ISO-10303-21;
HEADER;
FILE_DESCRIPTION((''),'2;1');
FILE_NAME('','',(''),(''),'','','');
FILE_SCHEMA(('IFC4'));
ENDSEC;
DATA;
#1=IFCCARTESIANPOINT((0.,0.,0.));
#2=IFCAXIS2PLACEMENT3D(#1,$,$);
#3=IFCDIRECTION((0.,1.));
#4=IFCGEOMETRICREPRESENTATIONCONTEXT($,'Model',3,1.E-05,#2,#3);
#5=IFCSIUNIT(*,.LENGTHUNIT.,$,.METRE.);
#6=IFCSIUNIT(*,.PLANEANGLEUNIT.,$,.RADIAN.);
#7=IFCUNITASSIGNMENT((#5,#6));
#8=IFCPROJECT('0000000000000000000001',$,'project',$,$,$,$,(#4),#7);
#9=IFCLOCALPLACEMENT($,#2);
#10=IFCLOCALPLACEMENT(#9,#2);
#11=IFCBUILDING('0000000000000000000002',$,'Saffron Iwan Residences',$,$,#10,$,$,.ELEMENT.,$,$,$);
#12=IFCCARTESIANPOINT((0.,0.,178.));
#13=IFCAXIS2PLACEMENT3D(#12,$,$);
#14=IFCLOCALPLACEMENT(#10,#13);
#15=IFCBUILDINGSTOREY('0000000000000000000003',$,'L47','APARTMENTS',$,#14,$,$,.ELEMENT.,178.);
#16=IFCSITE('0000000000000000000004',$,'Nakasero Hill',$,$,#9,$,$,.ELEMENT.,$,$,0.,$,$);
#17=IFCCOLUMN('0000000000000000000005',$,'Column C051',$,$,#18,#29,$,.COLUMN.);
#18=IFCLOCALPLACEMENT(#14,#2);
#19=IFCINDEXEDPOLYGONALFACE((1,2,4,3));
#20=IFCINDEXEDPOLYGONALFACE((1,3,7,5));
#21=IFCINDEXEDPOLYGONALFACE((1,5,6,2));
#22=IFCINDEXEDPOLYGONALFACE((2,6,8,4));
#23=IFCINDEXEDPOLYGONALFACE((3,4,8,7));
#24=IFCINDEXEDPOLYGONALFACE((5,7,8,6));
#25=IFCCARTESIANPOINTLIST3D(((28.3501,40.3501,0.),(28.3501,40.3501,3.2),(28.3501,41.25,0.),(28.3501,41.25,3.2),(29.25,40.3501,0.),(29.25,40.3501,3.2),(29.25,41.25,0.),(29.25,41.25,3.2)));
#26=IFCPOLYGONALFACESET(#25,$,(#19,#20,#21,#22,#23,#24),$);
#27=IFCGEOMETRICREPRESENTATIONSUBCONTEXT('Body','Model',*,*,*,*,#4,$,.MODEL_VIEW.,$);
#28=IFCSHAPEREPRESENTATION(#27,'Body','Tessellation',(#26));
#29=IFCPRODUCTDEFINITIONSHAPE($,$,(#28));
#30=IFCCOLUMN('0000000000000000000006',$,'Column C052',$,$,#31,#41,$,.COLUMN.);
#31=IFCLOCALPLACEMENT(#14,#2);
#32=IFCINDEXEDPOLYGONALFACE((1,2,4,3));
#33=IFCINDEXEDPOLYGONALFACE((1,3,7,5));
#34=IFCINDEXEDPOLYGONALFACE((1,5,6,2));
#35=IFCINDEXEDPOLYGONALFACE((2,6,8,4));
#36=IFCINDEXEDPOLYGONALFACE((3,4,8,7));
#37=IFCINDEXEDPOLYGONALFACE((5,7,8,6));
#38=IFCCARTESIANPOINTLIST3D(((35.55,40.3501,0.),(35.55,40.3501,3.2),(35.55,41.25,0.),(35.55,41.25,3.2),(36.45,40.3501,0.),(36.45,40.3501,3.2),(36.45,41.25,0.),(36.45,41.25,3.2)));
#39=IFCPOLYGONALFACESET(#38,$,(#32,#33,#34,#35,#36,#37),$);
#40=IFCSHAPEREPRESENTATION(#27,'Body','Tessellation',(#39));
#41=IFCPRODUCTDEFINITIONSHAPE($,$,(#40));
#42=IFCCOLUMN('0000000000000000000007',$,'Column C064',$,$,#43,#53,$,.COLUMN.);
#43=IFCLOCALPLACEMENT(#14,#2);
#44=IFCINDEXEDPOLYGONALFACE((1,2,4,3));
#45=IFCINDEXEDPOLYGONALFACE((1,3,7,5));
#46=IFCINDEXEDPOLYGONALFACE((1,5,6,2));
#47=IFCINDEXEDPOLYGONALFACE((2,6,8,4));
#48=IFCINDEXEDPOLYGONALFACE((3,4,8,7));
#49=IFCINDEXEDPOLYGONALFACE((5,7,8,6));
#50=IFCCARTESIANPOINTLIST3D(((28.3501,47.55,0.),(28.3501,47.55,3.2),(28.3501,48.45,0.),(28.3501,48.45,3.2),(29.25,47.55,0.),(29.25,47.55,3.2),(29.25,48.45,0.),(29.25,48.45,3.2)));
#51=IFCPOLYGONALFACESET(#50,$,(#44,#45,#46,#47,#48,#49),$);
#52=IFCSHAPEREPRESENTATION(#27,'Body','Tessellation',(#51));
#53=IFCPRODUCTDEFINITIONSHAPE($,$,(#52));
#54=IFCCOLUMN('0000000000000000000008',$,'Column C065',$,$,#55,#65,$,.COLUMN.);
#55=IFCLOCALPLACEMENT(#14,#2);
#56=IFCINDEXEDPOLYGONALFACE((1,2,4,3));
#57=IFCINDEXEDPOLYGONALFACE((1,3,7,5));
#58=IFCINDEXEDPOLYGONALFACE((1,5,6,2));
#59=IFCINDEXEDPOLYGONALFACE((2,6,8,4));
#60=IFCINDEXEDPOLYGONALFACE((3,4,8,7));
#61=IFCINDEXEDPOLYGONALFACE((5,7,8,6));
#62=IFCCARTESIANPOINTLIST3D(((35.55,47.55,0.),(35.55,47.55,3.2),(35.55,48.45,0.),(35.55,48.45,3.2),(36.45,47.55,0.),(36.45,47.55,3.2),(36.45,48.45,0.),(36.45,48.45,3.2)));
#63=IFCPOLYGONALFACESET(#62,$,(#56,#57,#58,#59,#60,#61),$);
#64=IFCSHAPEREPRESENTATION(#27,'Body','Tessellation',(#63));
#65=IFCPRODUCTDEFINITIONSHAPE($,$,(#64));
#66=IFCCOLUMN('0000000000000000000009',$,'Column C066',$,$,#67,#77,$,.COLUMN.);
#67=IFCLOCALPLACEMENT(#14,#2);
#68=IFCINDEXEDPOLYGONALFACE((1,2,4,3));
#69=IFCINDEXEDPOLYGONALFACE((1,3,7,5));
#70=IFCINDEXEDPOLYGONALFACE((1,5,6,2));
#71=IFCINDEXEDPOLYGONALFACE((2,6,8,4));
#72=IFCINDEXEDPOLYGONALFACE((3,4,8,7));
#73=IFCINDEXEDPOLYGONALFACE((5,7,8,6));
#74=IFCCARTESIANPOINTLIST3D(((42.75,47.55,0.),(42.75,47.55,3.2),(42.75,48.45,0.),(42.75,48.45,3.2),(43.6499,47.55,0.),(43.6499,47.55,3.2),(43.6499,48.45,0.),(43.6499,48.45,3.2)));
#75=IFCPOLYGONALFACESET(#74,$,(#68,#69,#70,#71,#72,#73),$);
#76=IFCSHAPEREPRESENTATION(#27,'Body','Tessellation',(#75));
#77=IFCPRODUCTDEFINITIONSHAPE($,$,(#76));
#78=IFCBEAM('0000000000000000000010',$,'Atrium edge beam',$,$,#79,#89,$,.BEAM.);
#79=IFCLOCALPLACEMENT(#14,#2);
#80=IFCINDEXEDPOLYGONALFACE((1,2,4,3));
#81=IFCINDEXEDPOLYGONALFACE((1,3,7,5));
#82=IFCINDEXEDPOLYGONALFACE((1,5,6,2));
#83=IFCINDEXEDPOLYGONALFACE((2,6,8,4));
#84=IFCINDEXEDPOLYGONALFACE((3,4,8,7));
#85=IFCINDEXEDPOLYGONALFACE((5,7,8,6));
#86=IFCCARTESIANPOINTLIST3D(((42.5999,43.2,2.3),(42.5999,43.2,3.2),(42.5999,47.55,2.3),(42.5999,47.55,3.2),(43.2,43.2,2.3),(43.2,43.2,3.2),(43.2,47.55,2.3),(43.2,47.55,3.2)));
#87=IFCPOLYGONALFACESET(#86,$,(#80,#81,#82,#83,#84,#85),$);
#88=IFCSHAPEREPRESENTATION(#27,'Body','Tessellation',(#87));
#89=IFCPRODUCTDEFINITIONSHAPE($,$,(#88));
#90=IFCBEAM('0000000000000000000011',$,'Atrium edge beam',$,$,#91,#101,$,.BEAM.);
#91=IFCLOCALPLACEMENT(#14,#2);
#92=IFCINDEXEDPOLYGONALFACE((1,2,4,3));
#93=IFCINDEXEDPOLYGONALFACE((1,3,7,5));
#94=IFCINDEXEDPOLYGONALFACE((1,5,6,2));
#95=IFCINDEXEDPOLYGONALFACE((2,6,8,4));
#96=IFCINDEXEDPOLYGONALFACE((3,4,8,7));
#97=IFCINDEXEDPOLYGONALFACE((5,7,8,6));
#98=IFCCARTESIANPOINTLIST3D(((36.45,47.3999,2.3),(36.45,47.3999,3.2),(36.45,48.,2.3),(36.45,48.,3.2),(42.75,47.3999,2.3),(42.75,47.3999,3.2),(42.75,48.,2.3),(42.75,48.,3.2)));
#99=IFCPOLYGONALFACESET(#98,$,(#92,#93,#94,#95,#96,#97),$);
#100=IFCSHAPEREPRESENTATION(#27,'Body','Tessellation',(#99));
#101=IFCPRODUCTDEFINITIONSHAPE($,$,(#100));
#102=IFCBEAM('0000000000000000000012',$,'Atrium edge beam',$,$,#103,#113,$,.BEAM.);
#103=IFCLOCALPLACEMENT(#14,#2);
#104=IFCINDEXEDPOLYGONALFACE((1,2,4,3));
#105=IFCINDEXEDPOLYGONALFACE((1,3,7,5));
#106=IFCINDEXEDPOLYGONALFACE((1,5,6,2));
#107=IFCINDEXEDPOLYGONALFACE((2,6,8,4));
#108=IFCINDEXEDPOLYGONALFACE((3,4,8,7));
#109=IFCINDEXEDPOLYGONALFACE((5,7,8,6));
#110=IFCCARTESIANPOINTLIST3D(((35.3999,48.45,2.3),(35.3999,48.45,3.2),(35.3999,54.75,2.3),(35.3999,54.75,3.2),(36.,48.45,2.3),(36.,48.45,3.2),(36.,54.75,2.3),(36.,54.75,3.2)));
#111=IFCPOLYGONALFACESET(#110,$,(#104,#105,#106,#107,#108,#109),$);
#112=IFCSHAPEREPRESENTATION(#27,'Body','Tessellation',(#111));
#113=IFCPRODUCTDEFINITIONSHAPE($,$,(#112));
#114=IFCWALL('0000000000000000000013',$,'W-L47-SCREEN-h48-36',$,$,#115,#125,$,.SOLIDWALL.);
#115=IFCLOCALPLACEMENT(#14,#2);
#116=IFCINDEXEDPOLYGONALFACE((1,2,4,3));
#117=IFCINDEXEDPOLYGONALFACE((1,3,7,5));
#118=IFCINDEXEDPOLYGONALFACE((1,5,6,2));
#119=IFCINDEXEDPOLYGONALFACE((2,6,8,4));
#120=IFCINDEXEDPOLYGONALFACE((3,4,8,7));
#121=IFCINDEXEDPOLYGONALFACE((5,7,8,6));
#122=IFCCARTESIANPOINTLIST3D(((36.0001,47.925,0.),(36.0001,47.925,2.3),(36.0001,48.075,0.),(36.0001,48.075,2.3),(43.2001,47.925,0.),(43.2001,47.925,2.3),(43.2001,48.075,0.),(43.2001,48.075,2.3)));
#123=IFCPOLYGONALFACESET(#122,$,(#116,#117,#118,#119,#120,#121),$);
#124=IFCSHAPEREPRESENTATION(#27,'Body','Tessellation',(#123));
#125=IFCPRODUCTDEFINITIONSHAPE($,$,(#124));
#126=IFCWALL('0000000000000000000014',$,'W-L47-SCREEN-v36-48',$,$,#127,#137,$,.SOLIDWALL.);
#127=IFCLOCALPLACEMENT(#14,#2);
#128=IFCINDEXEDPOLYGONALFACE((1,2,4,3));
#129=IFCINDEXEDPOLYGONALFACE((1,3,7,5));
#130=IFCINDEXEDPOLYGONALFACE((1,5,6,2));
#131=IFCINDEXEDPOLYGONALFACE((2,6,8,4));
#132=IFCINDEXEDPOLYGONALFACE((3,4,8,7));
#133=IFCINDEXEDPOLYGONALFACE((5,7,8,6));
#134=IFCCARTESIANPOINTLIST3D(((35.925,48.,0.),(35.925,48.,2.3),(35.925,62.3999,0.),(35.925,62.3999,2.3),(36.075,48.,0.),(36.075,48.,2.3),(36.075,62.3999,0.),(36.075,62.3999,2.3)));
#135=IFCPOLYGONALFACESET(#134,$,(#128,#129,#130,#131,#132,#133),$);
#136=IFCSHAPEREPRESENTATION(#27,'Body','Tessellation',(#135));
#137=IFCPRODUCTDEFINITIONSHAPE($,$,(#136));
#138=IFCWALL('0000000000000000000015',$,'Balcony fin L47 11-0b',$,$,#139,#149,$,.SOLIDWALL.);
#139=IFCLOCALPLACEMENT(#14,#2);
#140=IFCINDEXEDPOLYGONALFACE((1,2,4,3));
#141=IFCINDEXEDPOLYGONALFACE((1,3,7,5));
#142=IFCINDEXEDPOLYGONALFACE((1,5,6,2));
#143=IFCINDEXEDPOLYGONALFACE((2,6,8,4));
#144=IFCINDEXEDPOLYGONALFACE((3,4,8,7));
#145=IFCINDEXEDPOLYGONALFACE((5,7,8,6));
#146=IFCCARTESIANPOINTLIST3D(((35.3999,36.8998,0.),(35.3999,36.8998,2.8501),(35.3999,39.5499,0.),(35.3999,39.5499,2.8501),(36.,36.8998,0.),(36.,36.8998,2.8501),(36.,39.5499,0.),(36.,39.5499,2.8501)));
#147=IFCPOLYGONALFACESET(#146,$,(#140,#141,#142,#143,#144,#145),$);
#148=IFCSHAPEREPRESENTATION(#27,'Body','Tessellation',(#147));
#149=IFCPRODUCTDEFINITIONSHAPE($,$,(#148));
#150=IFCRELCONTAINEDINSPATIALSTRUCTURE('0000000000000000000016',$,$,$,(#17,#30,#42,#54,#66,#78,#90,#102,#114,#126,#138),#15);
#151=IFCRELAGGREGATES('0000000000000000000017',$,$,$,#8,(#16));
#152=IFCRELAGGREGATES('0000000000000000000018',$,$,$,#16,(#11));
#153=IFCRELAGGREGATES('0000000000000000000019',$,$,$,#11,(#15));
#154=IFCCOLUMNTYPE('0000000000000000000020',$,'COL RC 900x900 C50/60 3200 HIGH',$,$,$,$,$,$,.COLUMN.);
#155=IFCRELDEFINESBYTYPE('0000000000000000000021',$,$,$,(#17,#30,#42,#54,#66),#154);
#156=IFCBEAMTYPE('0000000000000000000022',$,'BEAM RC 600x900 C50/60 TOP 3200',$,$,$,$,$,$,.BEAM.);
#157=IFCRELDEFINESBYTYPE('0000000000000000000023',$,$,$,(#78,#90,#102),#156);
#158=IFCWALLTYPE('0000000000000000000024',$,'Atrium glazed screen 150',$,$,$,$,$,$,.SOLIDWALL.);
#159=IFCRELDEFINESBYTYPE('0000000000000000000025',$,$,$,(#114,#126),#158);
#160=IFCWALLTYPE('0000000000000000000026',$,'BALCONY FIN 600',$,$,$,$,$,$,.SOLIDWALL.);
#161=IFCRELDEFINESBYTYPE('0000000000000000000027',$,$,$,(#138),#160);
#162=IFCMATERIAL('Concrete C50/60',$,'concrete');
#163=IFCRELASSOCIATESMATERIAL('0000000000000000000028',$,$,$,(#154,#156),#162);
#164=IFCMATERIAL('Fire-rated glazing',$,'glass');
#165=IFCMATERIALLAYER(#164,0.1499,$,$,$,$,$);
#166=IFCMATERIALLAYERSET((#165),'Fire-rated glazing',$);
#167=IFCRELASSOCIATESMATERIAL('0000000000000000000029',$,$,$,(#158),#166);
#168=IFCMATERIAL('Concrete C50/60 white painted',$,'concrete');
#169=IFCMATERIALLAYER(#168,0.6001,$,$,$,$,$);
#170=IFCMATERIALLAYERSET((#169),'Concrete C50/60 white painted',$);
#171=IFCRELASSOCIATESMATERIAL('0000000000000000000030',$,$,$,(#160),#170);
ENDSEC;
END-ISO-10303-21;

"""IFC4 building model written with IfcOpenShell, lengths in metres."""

from ifc_helpers import new_model, si_unit, direction, frame, frame_2d, origin, origin_2d, place, context, subcontext, project, spatial, rectangle, extrude, source, transform, mapped, material, layer, layer_set, material_profile, profile_set, type_object, element, save


model = new_model("IFC4")

# Units and contexts
model_context = context("Model", 3, precision=1e-05, world=origin(), true_north=direction((0.0, 1.0)))
body_context = subcontext(model_context, "Body", "Model", "MODEL_VIEW")
ifc_project = project(units=[si_unit("LENGTHUNIT", "METRE"), si_unit("PLANEANGLEUNIT", "RADIAN")], contexts=[model_context])

# Site, building, storey
site_placement = place(None, origin())
site = spatial("IfcSite", under=ifc_project, at=site_placement, Name="Nakasero Hill", CompositionType="ELEMENT", RefElevation=0.0)
building_placement = place(site_placement, origin())
building = spatial("IfcBuilding", under=site, at=building_placement, Name="Saffron Iwan Residences", CompositionType="ELEMENT")
storey_placement = place(building_placement, frame((0.0, 0.0, 178.0)))
storey = spatial("IfcBuildingStorey", under=building, at=storey_placement, Name="L47", Description="APARTMENTS", CompositionType="ELEMENT", Elevation=178.0)

# Columns
ifc_material_1 = material(Name="Concrete C50/60", Category="concrete")
ifc_material_profile_1 = material_profile(ifc_material_1, rectangle(XDim=0.8999, YDim=0.8999, at=origin_2d()), Name="RC 900x900")
ifc_profile_set_1 = profile_set([ifc_material_profile_1], Name="Concrete C50/60")
column_type = type_object("IfcColumnType", Name="COL RC 900x900 C50/60 3200 HIGH", PredefinedType="COLUMN", material=ifc_profile_set_1)
shared_shape_1 = source(origin(), body_context, "Body", "SweptSolid", [
    extrude(rectangle(XDim=0.8999, YDim=0.8999, at=origin_2d()), origin(), (0.0, 0.0, 1.0), 3.2),
])
for number, where, z_axis, x_axis, name in (
    (1, (28.8, 40.8, 0.0), (0.0, 0.0, 1.0), (1.0, 0.0, 0.0), "Column C051"),
    (2, (36.0, 40.8, 0.0), (0.0, 0.0, 1.0), (1.0, 0.0, 0.0), "Column C052"),
    (3, (28.8, 48.0, 0.0), (0.0, 0.0, 1.0), (1.0, 0.0, 0.0), "Column C064"),
    (4, (36.0, 48.0, 0.0), (0.0, 0.0, 1.0), (1.0, 0.0, 0.0), "Column C065"),
    (5, (43.2, 48.0, 0.0), (0.0, 0.0, 1.0), (1.0, 0.0, 0.0), "Column C066"),
):
    element("IfcColumn", number, at=place(storey_placement, frame(where, z_axis=z_axis, x_axis=x_axis)), inside=storey, type_object=column_type, Name=name, PredefinedType="COLUMN", context=body_context, shape_type="MappedRepresentation", body=[
        mapped(shared_shape_1, transform((0.0, 0.0, 0.0))),
    ])

# Beams
ifc_material_profile_2 = material_profile(ifc_material_1, rectangle(XDim=0.6001, YDim=0.8999, at=origin_2d()), Name="RC 600x900")
ifc_profile_set_2 = profile_set([ifc_material_profile_2], Name="Concrete C50/60")
beam_type = type_object("IfcBeamType", Name="BEAM RC 600x900 C50/60 TOP 3200", PredefinedType="BEAM", material=ifc_profile_set_2)
shared_shape_2 = source(origin(), body_context, "Body", "SweptSolid", [
    extrude(rectangle(XDim=0.6001, YDim=0.8999, at=origin_2d()), origin(), (0.0, 0.0, 1.0), 4.3501),
])
beam_placement = place(storey_placement, frame((42.8999, 43.2, 2.75), z_axis=(0.0, 1.0, 0.0), x_axis=(-1.0, 0.0, 0.0)))
element("IfcBeam", 6, at=beam_placement, inside=storey, type_object=beam_type, Name="Atrium edge beam", PredefinedType="BEAM", context=body_context, shape_type="MappedRepresentation", body=[
    mapped(shared_shape_2, transform((0.0, 0.0, 0.0))),
])
shared_shape_3 = source(origin(), body_context, "Body", "SweptSolid", [
    extrude(rectangle(XDim=0.6001, YDim=0.8999, at=origin_2d()), origin(), (0.0, 0.0, 1.0), 6.3),
])
for number, where, z_axis, x_axis, name in (
    (7, (42.75, 47.7, 2.75), (-1.0, 0.0, 0.0), (0.0, -1.0, 0.0), "Atrium edge beam"),
    (8, (35.7, 48.45, 2.75), (0.0, 1.0, 0.0), (-1.0, 0.0, 0.0), "Atrium edge beam"),
):
    element("IfcBeam", number, at=place(storey_placement, frame(where, z_axis=z_axis, x_axis=x_axis)), inside=storey, type_object=beam_type, Name=name, PredefinedType="BEAM", context=body_context, shape_type="MappedRepresentation", body=[
        mapped(shared_shape_3, transform((0.0, 0.0, 0.0))),
    ])

# Walls
ifc_material_2 = material(Name="Fire-rated glazing", Category="glass")
ifc_layer_1 = layer(ifc_material_2, 0.1499)
ifc_layer_set_1 = layer_set([ifc_layer_1], Name="Fire-rated glazing")
wall_type_1 = type_object("IfcWallType", Name="Atrium glazed screen 150", PredefinedType="SOLIDWALL", material=ifc_layer_set_1)
wall_1_placement = place(storey_placement, frame((36.0, 48.0, 0.0), z_axis=(0.0, 0.0, 1.0), x_axis=(1.0, 0.0, 0.0)))
element("IfcWall", 9, at=wall_1_placement, inside=storey, type_object=wall_type_1, Name="W-L47-SCREEN-h48-36", PredefinedType="SOLIDWALL", context=body_context, shape_type="SweptSolid", body=[
    extrude(rectangle(XDim=7.2, YDim=0.1499, at=frame_2d((3.6001, 0.0))), origin(), (0.0, 0.0, 1.0), 2.3),
])
wall_2_placement = place(storey_placement, frame((36.0, 48.0, 0.0), z_axis=(0.0, 0.0, 1.0), x_axis=(0.0, 1.0, 0.0)))
element("IfcWall", 10, at=wall_2_placement, inside=storey, type_object=wall_type_1, Name="W-L47-SCREEN-v36-48", PredefinedType="SOLIDWALL", context=body_context, shape_type="SweptSolid", body=[
    extrude(rectangle(XDim=14.3999, YDim=0.1499, at=frame_2d((7.2, 0.0))), origin(), (0.0, 0.0, 1.0), 2.3),
])
ifc_material_3 = material(Name="Concrete C50/60 white painted", Category="concrete")
ifc_layer_2 = layer(ifc_material_3, 0.6001)
ifc_layer_set_2 = layer_set([ifc_layer_2], Name="Concrete C50/60 white painted")
wall_type_2 = type_object("IfcWallType", Name="BALCONY FIN 600", PredefinedType="SOLIDWALL", material=ifc_layer_set_2)
wall_3_placement = place(storey_placement, frame((35.7, 39.55, 0.0), z_axis=(0.0, 0.0, 1.0), x_axis=(0.0, -1.0, 0.0)))
element("IfcWall", 11, at=wall_3_placement, inside=storey, type_object=wall_type_2, Name="Balcony fin L47 11-0b", PredefinedType="SOLIDWALL", context=body_context, shape_type="SweptSolid", body=[
    extrude(rectangle(XDim=2.6501, YDim=0.6001, at=frame_2d((1.3252, 0.0))), origin(), (0.0, 0.0, 1.0), 2.8501),
])

save(model, "model.ifc")
